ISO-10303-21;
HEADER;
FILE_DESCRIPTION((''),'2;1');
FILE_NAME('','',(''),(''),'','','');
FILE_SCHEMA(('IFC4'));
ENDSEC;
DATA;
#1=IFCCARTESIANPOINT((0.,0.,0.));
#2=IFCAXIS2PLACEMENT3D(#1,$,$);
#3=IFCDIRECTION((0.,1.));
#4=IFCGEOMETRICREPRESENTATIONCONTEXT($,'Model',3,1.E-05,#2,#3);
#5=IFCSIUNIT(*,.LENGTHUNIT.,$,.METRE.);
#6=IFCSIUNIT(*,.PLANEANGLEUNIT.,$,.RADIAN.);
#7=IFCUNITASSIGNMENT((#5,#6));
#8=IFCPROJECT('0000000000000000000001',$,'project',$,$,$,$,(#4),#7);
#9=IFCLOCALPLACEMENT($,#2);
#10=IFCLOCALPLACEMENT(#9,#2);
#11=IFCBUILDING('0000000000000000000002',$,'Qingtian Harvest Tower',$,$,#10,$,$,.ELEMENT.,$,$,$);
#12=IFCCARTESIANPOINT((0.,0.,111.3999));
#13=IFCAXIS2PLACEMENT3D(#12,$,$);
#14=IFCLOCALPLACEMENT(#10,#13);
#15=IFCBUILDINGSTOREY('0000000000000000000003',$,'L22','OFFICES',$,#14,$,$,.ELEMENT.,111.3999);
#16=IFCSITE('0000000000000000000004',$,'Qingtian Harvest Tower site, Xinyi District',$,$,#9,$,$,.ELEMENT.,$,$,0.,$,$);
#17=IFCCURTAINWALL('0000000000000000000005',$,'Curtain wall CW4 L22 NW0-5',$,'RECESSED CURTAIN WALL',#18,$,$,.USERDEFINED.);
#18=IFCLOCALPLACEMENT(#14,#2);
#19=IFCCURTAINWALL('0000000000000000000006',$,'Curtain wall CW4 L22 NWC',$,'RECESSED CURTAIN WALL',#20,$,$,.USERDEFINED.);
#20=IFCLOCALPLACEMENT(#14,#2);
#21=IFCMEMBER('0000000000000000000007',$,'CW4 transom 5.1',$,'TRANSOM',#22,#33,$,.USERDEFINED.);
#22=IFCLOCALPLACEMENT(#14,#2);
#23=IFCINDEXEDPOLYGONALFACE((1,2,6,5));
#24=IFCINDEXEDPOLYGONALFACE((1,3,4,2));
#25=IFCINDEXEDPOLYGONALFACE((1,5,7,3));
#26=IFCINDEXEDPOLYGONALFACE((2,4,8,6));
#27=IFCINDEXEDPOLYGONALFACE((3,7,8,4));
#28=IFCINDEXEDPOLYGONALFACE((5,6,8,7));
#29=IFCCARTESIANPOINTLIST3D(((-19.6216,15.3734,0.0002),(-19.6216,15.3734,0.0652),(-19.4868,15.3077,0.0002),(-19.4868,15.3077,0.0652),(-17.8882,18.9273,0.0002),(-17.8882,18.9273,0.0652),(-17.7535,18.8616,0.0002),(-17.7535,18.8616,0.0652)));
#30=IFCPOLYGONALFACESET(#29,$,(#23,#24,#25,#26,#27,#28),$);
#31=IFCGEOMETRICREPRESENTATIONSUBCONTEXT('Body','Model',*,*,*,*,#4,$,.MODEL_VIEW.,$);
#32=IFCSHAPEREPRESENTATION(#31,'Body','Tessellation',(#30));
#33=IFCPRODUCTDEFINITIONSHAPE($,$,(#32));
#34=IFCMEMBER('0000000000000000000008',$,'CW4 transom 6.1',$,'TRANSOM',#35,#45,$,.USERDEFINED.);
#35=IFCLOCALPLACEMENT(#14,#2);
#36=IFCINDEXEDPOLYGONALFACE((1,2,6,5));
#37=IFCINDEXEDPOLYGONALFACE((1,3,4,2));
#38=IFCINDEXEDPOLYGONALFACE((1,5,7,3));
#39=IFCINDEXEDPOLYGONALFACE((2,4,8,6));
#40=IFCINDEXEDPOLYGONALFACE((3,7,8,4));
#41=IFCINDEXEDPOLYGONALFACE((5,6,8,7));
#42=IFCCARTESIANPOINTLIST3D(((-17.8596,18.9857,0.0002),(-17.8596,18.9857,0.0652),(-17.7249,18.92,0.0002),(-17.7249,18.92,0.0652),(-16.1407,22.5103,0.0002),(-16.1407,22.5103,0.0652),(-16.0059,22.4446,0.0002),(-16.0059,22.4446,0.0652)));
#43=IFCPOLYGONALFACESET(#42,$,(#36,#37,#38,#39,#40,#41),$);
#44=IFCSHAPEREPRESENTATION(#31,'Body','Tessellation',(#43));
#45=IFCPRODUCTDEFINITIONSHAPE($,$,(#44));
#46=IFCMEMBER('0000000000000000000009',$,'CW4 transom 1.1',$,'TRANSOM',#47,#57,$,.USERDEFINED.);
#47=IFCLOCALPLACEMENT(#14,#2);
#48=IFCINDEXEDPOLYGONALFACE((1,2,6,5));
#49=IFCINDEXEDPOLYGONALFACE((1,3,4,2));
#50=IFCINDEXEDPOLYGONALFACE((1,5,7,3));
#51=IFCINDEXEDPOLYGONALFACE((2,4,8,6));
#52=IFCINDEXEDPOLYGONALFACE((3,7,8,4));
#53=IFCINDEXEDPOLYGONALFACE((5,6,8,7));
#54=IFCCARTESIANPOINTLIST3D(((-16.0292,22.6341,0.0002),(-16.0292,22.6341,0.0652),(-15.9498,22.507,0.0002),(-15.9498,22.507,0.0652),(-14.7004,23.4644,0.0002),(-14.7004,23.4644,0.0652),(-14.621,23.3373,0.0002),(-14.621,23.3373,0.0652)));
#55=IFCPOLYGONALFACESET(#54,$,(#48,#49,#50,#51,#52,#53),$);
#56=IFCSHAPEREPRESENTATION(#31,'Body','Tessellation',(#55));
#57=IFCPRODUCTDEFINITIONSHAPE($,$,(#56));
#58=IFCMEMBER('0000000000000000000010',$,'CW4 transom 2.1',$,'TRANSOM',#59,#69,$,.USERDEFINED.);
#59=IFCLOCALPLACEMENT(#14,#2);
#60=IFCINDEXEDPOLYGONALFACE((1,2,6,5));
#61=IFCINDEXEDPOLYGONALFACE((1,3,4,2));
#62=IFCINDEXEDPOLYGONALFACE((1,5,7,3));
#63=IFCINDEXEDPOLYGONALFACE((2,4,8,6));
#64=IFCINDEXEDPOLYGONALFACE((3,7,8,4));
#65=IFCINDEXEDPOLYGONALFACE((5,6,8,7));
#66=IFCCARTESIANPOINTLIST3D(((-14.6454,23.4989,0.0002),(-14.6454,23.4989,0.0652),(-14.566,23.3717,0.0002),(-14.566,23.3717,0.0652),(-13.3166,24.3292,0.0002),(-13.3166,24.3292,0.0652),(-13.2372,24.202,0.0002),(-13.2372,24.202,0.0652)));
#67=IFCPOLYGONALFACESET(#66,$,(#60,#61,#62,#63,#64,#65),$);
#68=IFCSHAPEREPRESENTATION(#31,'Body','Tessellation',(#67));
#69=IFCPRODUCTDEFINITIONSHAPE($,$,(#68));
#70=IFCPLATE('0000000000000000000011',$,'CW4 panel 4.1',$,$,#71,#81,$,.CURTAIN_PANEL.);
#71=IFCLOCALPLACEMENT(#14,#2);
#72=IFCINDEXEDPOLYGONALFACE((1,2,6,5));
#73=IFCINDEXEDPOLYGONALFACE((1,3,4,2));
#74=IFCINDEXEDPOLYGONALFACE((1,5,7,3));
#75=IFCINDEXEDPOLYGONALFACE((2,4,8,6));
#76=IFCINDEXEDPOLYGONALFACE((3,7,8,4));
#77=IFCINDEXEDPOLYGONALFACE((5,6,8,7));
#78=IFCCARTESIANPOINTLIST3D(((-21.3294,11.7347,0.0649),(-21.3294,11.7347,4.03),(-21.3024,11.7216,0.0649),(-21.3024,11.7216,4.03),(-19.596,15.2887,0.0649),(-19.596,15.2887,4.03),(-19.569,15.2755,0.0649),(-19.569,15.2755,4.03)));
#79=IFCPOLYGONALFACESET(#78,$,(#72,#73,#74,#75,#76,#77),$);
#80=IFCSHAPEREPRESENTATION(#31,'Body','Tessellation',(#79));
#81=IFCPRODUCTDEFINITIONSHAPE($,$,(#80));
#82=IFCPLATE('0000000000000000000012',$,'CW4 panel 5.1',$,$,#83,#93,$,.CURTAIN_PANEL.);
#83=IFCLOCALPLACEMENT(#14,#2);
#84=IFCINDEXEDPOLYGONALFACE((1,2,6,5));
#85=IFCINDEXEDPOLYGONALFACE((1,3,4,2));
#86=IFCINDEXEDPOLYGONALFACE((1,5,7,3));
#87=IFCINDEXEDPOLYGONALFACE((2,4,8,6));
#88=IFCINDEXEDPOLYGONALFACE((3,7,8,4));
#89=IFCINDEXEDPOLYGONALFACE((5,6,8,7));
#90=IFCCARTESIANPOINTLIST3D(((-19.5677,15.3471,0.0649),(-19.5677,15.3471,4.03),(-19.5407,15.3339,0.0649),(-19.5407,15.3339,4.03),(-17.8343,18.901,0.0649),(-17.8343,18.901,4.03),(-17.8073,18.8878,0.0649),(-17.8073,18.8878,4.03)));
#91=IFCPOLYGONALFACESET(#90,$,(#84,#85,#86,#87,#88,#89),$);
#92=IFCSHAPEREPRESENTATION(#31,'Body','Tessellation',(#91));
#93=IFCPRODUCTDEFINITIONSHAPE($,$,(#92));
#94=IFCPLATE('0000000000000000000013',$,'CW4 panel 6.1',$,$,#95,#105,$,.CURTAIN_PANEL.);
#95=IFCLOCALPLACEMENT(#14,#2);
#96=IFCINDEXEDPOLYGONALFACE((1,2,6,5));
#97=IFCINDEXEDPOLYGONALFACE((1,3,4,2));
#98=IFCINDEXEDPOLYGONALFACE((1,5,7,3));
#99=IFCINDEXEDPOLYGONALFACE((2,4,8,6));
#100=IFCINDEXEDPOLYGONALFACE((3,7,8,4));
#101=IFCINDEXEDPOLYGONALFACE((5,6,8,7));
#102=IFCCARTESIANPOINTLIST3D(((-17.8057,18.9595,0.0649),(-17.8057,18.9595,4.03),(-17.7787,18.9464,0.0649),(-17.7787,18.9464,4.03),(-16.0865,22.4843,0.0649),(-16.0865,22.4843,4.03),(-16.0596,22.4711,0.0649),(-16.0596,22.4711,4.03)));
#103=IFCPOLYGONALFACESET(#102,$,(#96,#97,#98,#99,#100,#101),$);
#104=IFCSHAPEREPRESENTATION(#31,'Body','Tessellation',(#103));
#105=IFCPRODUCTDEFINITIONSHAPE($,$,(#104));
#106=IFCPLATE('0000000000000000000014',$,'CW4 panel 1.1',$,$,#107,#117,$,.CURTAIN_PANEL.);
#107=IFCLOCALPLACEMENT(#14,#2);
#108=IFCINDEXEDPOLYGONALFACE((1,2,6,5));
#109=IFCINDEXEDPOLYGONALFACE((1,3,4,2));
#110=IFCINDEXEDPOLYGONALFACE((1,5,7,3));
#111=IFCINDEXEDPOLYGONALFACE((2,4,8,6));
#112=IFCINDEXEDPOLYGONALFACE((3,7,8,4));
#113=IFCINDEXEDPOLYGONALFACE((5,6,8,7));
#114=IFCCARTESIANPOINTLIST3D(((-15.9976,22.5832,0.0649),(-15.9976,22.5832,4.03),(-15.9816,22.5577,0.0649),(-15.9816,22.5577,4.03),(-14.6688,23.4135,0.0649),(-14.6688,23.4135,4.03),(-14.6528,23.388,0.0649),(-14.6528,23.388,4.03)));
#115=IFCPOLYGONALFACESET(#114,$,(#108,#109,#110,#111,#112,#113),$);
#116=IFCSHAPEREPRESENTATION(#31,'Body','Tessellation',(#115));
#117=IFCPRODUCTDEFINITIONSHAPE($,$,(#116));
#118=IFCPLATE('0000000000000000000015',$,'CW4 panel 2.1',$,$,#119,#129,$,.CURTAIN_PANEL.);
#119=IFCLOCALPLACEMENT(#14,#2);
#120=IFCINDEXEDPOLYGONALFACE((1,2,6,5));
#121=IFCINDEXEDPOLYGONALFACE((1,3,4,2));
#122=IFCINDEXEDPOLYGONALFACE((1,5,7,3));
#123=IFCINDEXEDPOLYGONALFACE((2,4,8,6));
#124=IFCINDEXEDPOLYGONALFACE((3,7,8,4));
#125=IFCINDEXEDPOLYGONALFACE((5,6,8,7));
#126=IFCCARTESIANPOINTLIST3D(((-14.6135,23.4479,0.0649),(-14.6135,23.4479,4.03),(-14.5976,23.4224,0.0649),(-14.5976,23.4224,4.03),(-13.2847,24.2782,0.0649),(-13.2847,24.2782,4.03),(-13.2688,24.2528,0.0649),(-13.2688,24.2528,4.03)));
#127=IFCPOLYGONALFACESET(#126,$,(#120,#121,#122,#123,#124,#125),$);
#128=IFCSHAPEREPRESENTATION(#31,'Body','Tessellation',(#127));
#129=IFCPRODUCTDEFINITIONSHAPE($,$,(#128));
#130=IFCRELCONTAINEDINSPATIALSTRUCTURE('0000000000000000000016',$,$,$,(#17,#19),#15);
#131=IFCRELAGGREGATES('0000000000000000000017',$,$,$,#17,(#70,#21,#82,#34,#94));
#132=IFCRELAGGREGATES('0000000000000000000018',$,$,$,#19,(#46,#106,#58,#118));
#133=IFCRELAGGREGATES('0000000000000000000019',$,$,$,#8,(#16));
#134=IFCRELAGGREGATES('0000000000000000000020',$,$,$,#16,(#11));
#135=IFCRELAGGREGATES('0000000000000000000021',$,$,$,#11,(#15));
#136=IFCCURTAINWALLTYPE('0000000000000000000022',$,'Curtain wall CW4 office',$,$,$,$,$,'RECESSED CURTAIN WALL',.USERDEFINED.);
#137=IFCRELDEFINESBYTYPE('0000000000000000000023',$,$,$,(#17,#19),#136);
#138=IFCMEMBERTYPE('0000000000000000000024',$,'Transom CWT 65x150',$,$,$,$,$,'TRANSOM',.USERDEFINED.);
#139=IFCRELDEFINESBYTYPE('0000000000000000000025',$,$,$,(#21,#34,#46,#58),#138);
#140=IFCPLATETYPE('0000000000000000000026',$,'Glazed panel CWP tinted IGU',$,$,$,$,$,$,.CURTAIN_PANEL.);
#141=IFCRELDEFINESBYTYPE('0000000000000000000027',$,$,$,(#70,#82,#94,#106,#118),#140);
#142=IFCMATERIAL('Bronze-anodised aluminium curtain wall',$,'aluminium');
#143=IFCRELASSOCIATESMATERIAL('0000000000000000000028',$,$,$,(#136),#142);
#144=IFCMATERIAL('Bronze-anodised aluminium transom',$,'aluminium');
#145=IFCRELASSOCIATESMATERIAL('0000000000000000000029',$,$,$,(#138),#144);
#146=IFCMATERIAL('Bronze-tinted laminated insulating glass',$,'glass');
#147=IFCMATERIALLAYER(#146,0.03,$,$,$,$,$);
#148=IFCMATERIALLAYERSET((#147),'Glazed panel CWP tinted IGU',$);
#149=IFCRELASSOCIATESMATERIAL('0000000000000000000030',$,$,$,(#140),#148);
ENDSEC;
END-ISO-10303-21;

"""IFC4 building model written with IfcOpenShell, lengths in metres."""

from ifc_helpers import new_model, si_unit, direction, frame, origin, origin_2d, place, context, subcontext, project, spatial, rectangle, extrude, material, layer, layer_set, material_profile, profile_set, type_object, element, aggregate, save


model = new_model("IFC4")

# Units and contexts
model_context = context("Model", 3, precision=1e-05, world=origin(), true_north=direction((0.0, 1.0)))
body_context = subcontext(model_context, "Body", "Model", "MODEL_VIEW")
ifc_project = project(units=[si_unit("LENGTHUNIT", "METRE"), si_unit("PLANEANGLEUNIT", "RADIAN")], contexts=[model_context])

# Site, building, storey
site_placement = place(None, origin())
site = spatial("IfcSite", under=ifc_project, at=site_placement, Name="Qingtian Harvest Tower site, Xinyi District", CompositionType="ELEMENT", RefElevation=0.0)
building_placement = place(site_placement, origin())
building = spatial("IfcBuilding", under=site, at=building_placement, Name="Qingtian Harvest Tower", CompositionType="ELEMENT")
storey_placement = place(building_placement, frame((0.0, 0.0, 111.3999)))
storey = spatial("IfcBuildingStorey", under=building, at=storey_placement, Name="L22", Description="OFFICES", CompositionType="ELEMENT", Elevation=111.3999)

# Curtain walls
ifc_material_1 = material(Name="Bronze-anodised aluminium curtain wall", Category="aluminium")
curtain_wall_type = type_object("IfcCurtainWallType", Name="Curtain wall CW4 office", ElementType="RECESSED CURTAIN WALL", PredefinedType="USERDEFINED", material=ifc_material_1)
curtain_wall_1_placement = place(storey_placement, origin())
curtain_wall_1 = element("IfcCurtainWall", 1, at=curtain_wall_1_placement, inside=storey, type_object=curtain_wall_type, Name="Curtain wall CW4 L22 NW0-5", ObjectType="RECESSED CURTAIN WALL", PredefinedType="USERDEFINED")
curtain_wall_2_placement = place(storey_placement, origin())
curtain_wall_2 = element("IfcCurtainWall", 2, at=curtain_wall_2_placement, inside=storey, type_object=curtain_wall_type, Name="Curtain wall CW4 L22 NWC", ObjectType="RECESSED CURTAIN WALL", PredefinedType="USERDEFINED")

# Members
ifc_material_2 = material(Name="Bronze-anodised aluminium transom", Category="aluminium")
ifc_material_profile_1 = material_profile(ifc_material_2, rectangle(XDim=0.1499, YDim=0.0649, at=origin_2d()), Name="AL 65x150")
ifc_profile_set_1 = profile_set([ifc_material_profile_1], Name="Bronze-anodised aluminium transom")
member_type_1 = type_object("IfcMemberType", Name="Transom CWT 65x150", ElementType="TRANSOM", PredefinedType="USERDEFINED", material=ifc_profile_set_1)
member_1_placement = place(storey_placement, frame((-19.5542, 15.3406, 0.0327), z_axis=(0.438375, 0.898792, 0.0), x_axis=(-0.898792, 0.438375, 0.0)))
member_1 = element("IfcMember", 3, at=member_1_placement, type_object=member_type_1, Name="CW4 transom 5.1", ObjectType="TRANSOM", PredefinedType="USERDEFINED", context=body_context, shape_type="SweptSolid", body=[
    extrude(rectangle(XDim=0.1499, YDim=0.0649, at=origin_2d()), origin(), (0.0, 0.0, 1.0), 3.9541),
])
member_2_placement = place(storey_placement, frame((-17.7922, 18.9529, 0.0327), z_axis=(0.438351, 0.898804, 0.0), x_axis=(-0.898804, 0.438351, 0.0)))
member_2 = element("IfcMember", 4, at=member_2_placement, type_object=member_type_1, Name="CW4 transom 6.1", ObjectType="TRANSOM", PredefinedType="USERDEFINED", context=body_context, shape_type="SweptSolid", body=[
    extrude(rectangle(XDim=0.1499, YDim=0.0649, at=origin_2d()), origin(), (0.0, 0.0, 1.0), 3.9214),
])
member_3_placement = place(storey_placement, frame((-15.9895, 22.5706, 0.0327), z_axis=(0.84806, 0.529901, 0.0), x_axis=(-0.529901, 0.84806, 0.0)))
member_3 = element("IfcMember", 5, at=member_3_placement, type_object=member_type_1, Name="CW4 transom 1.1", ObjectType="TRANSOM", PredefinedType="USERDEFINED", context=body_context, shape_type="SweptSolid", body=[
    extrude(rectangle(XDim=0.1499, YDim=0.0649, at=origin_2d()), origin(), (0.0, 0.0, 1.0), 1.5669),
])
member_4_placement = place(storey_placement, frame((-14.6057, 23.4353, 0.0327), z_axis=(0.84806, 0.529901, 0.0), x_axis=(-0.529901, 0.84806, 0.0)))
member_4 = element("IfcMember", 6, at=member_4_placement, type_object=member_type_1, Name="CW4 transom 2.1", ObjectType="TRANSOM", PredefinedType="USERDEFINED", context=body_context, shape_type="SweptSolid", body=[
    extrude(rectangle(XDim=0.1499, YDim=0.0649, at=origin_2d()), origin(), (0.0, 0.0, 1.0), 1.5669),
])

# Plates
ifc_material_3 = material(Name="Bronze-tinted laminated insulating glass", Category="glass")
ifc_layer = layer(ifc_material_3, 0.03)
ifc_layer_set = layer_set([ifc_layer], Name="Glazed panel CWP tinted IGU")
plate_type = type_object("IfcPlateType", Name="Glazed panel CWP tinted IGU", PredefinedType="CURTAIN_PANEL", material=ifc_layer_set)
plate_1_placement = place(storey_placement, frame((-20.4492, 13.5051, 0.0649), z_axis=(0.0, 0.0, 1.0), x_axis=(0.438371, 0.898794, 0.0)))
plate_1 = element("IfcPlate", 7, at=plate_1_placement, type_object=plate_type, Name="CW4 panel 4.1", PredefinedType="CURTAIN_PANEL", context=body_context, shape_type="SweptSolid", body=[
    extrude(rectangle(XDim=3.9541, YDim=0.03, at=origin_2d()), origin(), (0.0, 0.0, 1.0), 3.9651),
])
plate_2_placement = place(storey_placement, frame((-18.6875, 17.1174, 0.0649), z_axis=(0.0, 0.0, 1.0), x_axis=(0.438371, 0.898794, 0.0)))
plate_2 = element("IfcPlate", 8, at=plate_2_placement, type_object=plate_type, Name="CW4 panel 5.1", PredefinedType="CURTAIN_PANEL", context=body_context, shape_type="SweptSolid", body=[
    extrude(rectangle(XDim=3.9541, YDim=0.03, at=origin_2d()), origin(), (0.0, 0.0, 1.0), 3.9651),
])
plate_3_placement = place(storey_placement, frame((-16.9326, 20.7153, 0.0649), z_axis=(0.0, 0.0, 1.0), x_axis=(0.438371, 0.898794, 0.0)))
plate_3 = element("IfcPlate", 9, at=plate_3_placement, type_object=plate_type, Name="CW4 panel 6.1", PredefinedType="CURTAIN_PANEL", context=body_context, shape_type="SweptSolid", body=[
    extrude(rectangle(XDim=3.9216, YDim=0.03, at=origin_2d()), origin(), (0.0, 0.0, 1.0), 3.9651),
])
aggregate(curtain_wall_1, [plate_1, member_1, plate_2, member_2, plate_3])
plate_4_placement = place(storey_placement, frame((-15.3252, 22.9856, 0.0649), z_axis=(0.0, 0.0, 1.0), x_axis=(0.848048, 0.529919, 0.0)))
plate_4 = element("IfcPlate", 10, at=plate_4_placement, type_object=plate_type, Name="CW4 panel 1.1", PredefinedType="CURTAIN_PANEL", context=body_context, shape_type="SweptSolid", body=[
    extrude(rectangle(XDim=1.5669, YDim=0.03, at=origin_2d()), origin(), (0.0, 0.0, 1.0), 3.9651),
])
plate_5_placement = place(storey_placement, frame((-13.9412, 23.8503, 0.0649), z_axis=(0.0, 0.0, 1.0), x_axis=(0.848048, 0.529919, 0.0)))
plate_5 = element("IfcPlate", 11, at=plate_5_placement, type_object=plate_type, Name="CW4 panel 2.1", PredefinedType="CURTAIN_PANEL", context=body_context, shape_type="SweptSolid", body=[
    extrude(rectangle(XDim=1.5669, YDim=0.03, at=origin_2d()), origin(), (0.0, 0.0, 1.0), 3.9651),
])
aggregate(curtain_wall_2, [member_3, plate_4, member_4, plate_5])

save(model, "model.ifc")
